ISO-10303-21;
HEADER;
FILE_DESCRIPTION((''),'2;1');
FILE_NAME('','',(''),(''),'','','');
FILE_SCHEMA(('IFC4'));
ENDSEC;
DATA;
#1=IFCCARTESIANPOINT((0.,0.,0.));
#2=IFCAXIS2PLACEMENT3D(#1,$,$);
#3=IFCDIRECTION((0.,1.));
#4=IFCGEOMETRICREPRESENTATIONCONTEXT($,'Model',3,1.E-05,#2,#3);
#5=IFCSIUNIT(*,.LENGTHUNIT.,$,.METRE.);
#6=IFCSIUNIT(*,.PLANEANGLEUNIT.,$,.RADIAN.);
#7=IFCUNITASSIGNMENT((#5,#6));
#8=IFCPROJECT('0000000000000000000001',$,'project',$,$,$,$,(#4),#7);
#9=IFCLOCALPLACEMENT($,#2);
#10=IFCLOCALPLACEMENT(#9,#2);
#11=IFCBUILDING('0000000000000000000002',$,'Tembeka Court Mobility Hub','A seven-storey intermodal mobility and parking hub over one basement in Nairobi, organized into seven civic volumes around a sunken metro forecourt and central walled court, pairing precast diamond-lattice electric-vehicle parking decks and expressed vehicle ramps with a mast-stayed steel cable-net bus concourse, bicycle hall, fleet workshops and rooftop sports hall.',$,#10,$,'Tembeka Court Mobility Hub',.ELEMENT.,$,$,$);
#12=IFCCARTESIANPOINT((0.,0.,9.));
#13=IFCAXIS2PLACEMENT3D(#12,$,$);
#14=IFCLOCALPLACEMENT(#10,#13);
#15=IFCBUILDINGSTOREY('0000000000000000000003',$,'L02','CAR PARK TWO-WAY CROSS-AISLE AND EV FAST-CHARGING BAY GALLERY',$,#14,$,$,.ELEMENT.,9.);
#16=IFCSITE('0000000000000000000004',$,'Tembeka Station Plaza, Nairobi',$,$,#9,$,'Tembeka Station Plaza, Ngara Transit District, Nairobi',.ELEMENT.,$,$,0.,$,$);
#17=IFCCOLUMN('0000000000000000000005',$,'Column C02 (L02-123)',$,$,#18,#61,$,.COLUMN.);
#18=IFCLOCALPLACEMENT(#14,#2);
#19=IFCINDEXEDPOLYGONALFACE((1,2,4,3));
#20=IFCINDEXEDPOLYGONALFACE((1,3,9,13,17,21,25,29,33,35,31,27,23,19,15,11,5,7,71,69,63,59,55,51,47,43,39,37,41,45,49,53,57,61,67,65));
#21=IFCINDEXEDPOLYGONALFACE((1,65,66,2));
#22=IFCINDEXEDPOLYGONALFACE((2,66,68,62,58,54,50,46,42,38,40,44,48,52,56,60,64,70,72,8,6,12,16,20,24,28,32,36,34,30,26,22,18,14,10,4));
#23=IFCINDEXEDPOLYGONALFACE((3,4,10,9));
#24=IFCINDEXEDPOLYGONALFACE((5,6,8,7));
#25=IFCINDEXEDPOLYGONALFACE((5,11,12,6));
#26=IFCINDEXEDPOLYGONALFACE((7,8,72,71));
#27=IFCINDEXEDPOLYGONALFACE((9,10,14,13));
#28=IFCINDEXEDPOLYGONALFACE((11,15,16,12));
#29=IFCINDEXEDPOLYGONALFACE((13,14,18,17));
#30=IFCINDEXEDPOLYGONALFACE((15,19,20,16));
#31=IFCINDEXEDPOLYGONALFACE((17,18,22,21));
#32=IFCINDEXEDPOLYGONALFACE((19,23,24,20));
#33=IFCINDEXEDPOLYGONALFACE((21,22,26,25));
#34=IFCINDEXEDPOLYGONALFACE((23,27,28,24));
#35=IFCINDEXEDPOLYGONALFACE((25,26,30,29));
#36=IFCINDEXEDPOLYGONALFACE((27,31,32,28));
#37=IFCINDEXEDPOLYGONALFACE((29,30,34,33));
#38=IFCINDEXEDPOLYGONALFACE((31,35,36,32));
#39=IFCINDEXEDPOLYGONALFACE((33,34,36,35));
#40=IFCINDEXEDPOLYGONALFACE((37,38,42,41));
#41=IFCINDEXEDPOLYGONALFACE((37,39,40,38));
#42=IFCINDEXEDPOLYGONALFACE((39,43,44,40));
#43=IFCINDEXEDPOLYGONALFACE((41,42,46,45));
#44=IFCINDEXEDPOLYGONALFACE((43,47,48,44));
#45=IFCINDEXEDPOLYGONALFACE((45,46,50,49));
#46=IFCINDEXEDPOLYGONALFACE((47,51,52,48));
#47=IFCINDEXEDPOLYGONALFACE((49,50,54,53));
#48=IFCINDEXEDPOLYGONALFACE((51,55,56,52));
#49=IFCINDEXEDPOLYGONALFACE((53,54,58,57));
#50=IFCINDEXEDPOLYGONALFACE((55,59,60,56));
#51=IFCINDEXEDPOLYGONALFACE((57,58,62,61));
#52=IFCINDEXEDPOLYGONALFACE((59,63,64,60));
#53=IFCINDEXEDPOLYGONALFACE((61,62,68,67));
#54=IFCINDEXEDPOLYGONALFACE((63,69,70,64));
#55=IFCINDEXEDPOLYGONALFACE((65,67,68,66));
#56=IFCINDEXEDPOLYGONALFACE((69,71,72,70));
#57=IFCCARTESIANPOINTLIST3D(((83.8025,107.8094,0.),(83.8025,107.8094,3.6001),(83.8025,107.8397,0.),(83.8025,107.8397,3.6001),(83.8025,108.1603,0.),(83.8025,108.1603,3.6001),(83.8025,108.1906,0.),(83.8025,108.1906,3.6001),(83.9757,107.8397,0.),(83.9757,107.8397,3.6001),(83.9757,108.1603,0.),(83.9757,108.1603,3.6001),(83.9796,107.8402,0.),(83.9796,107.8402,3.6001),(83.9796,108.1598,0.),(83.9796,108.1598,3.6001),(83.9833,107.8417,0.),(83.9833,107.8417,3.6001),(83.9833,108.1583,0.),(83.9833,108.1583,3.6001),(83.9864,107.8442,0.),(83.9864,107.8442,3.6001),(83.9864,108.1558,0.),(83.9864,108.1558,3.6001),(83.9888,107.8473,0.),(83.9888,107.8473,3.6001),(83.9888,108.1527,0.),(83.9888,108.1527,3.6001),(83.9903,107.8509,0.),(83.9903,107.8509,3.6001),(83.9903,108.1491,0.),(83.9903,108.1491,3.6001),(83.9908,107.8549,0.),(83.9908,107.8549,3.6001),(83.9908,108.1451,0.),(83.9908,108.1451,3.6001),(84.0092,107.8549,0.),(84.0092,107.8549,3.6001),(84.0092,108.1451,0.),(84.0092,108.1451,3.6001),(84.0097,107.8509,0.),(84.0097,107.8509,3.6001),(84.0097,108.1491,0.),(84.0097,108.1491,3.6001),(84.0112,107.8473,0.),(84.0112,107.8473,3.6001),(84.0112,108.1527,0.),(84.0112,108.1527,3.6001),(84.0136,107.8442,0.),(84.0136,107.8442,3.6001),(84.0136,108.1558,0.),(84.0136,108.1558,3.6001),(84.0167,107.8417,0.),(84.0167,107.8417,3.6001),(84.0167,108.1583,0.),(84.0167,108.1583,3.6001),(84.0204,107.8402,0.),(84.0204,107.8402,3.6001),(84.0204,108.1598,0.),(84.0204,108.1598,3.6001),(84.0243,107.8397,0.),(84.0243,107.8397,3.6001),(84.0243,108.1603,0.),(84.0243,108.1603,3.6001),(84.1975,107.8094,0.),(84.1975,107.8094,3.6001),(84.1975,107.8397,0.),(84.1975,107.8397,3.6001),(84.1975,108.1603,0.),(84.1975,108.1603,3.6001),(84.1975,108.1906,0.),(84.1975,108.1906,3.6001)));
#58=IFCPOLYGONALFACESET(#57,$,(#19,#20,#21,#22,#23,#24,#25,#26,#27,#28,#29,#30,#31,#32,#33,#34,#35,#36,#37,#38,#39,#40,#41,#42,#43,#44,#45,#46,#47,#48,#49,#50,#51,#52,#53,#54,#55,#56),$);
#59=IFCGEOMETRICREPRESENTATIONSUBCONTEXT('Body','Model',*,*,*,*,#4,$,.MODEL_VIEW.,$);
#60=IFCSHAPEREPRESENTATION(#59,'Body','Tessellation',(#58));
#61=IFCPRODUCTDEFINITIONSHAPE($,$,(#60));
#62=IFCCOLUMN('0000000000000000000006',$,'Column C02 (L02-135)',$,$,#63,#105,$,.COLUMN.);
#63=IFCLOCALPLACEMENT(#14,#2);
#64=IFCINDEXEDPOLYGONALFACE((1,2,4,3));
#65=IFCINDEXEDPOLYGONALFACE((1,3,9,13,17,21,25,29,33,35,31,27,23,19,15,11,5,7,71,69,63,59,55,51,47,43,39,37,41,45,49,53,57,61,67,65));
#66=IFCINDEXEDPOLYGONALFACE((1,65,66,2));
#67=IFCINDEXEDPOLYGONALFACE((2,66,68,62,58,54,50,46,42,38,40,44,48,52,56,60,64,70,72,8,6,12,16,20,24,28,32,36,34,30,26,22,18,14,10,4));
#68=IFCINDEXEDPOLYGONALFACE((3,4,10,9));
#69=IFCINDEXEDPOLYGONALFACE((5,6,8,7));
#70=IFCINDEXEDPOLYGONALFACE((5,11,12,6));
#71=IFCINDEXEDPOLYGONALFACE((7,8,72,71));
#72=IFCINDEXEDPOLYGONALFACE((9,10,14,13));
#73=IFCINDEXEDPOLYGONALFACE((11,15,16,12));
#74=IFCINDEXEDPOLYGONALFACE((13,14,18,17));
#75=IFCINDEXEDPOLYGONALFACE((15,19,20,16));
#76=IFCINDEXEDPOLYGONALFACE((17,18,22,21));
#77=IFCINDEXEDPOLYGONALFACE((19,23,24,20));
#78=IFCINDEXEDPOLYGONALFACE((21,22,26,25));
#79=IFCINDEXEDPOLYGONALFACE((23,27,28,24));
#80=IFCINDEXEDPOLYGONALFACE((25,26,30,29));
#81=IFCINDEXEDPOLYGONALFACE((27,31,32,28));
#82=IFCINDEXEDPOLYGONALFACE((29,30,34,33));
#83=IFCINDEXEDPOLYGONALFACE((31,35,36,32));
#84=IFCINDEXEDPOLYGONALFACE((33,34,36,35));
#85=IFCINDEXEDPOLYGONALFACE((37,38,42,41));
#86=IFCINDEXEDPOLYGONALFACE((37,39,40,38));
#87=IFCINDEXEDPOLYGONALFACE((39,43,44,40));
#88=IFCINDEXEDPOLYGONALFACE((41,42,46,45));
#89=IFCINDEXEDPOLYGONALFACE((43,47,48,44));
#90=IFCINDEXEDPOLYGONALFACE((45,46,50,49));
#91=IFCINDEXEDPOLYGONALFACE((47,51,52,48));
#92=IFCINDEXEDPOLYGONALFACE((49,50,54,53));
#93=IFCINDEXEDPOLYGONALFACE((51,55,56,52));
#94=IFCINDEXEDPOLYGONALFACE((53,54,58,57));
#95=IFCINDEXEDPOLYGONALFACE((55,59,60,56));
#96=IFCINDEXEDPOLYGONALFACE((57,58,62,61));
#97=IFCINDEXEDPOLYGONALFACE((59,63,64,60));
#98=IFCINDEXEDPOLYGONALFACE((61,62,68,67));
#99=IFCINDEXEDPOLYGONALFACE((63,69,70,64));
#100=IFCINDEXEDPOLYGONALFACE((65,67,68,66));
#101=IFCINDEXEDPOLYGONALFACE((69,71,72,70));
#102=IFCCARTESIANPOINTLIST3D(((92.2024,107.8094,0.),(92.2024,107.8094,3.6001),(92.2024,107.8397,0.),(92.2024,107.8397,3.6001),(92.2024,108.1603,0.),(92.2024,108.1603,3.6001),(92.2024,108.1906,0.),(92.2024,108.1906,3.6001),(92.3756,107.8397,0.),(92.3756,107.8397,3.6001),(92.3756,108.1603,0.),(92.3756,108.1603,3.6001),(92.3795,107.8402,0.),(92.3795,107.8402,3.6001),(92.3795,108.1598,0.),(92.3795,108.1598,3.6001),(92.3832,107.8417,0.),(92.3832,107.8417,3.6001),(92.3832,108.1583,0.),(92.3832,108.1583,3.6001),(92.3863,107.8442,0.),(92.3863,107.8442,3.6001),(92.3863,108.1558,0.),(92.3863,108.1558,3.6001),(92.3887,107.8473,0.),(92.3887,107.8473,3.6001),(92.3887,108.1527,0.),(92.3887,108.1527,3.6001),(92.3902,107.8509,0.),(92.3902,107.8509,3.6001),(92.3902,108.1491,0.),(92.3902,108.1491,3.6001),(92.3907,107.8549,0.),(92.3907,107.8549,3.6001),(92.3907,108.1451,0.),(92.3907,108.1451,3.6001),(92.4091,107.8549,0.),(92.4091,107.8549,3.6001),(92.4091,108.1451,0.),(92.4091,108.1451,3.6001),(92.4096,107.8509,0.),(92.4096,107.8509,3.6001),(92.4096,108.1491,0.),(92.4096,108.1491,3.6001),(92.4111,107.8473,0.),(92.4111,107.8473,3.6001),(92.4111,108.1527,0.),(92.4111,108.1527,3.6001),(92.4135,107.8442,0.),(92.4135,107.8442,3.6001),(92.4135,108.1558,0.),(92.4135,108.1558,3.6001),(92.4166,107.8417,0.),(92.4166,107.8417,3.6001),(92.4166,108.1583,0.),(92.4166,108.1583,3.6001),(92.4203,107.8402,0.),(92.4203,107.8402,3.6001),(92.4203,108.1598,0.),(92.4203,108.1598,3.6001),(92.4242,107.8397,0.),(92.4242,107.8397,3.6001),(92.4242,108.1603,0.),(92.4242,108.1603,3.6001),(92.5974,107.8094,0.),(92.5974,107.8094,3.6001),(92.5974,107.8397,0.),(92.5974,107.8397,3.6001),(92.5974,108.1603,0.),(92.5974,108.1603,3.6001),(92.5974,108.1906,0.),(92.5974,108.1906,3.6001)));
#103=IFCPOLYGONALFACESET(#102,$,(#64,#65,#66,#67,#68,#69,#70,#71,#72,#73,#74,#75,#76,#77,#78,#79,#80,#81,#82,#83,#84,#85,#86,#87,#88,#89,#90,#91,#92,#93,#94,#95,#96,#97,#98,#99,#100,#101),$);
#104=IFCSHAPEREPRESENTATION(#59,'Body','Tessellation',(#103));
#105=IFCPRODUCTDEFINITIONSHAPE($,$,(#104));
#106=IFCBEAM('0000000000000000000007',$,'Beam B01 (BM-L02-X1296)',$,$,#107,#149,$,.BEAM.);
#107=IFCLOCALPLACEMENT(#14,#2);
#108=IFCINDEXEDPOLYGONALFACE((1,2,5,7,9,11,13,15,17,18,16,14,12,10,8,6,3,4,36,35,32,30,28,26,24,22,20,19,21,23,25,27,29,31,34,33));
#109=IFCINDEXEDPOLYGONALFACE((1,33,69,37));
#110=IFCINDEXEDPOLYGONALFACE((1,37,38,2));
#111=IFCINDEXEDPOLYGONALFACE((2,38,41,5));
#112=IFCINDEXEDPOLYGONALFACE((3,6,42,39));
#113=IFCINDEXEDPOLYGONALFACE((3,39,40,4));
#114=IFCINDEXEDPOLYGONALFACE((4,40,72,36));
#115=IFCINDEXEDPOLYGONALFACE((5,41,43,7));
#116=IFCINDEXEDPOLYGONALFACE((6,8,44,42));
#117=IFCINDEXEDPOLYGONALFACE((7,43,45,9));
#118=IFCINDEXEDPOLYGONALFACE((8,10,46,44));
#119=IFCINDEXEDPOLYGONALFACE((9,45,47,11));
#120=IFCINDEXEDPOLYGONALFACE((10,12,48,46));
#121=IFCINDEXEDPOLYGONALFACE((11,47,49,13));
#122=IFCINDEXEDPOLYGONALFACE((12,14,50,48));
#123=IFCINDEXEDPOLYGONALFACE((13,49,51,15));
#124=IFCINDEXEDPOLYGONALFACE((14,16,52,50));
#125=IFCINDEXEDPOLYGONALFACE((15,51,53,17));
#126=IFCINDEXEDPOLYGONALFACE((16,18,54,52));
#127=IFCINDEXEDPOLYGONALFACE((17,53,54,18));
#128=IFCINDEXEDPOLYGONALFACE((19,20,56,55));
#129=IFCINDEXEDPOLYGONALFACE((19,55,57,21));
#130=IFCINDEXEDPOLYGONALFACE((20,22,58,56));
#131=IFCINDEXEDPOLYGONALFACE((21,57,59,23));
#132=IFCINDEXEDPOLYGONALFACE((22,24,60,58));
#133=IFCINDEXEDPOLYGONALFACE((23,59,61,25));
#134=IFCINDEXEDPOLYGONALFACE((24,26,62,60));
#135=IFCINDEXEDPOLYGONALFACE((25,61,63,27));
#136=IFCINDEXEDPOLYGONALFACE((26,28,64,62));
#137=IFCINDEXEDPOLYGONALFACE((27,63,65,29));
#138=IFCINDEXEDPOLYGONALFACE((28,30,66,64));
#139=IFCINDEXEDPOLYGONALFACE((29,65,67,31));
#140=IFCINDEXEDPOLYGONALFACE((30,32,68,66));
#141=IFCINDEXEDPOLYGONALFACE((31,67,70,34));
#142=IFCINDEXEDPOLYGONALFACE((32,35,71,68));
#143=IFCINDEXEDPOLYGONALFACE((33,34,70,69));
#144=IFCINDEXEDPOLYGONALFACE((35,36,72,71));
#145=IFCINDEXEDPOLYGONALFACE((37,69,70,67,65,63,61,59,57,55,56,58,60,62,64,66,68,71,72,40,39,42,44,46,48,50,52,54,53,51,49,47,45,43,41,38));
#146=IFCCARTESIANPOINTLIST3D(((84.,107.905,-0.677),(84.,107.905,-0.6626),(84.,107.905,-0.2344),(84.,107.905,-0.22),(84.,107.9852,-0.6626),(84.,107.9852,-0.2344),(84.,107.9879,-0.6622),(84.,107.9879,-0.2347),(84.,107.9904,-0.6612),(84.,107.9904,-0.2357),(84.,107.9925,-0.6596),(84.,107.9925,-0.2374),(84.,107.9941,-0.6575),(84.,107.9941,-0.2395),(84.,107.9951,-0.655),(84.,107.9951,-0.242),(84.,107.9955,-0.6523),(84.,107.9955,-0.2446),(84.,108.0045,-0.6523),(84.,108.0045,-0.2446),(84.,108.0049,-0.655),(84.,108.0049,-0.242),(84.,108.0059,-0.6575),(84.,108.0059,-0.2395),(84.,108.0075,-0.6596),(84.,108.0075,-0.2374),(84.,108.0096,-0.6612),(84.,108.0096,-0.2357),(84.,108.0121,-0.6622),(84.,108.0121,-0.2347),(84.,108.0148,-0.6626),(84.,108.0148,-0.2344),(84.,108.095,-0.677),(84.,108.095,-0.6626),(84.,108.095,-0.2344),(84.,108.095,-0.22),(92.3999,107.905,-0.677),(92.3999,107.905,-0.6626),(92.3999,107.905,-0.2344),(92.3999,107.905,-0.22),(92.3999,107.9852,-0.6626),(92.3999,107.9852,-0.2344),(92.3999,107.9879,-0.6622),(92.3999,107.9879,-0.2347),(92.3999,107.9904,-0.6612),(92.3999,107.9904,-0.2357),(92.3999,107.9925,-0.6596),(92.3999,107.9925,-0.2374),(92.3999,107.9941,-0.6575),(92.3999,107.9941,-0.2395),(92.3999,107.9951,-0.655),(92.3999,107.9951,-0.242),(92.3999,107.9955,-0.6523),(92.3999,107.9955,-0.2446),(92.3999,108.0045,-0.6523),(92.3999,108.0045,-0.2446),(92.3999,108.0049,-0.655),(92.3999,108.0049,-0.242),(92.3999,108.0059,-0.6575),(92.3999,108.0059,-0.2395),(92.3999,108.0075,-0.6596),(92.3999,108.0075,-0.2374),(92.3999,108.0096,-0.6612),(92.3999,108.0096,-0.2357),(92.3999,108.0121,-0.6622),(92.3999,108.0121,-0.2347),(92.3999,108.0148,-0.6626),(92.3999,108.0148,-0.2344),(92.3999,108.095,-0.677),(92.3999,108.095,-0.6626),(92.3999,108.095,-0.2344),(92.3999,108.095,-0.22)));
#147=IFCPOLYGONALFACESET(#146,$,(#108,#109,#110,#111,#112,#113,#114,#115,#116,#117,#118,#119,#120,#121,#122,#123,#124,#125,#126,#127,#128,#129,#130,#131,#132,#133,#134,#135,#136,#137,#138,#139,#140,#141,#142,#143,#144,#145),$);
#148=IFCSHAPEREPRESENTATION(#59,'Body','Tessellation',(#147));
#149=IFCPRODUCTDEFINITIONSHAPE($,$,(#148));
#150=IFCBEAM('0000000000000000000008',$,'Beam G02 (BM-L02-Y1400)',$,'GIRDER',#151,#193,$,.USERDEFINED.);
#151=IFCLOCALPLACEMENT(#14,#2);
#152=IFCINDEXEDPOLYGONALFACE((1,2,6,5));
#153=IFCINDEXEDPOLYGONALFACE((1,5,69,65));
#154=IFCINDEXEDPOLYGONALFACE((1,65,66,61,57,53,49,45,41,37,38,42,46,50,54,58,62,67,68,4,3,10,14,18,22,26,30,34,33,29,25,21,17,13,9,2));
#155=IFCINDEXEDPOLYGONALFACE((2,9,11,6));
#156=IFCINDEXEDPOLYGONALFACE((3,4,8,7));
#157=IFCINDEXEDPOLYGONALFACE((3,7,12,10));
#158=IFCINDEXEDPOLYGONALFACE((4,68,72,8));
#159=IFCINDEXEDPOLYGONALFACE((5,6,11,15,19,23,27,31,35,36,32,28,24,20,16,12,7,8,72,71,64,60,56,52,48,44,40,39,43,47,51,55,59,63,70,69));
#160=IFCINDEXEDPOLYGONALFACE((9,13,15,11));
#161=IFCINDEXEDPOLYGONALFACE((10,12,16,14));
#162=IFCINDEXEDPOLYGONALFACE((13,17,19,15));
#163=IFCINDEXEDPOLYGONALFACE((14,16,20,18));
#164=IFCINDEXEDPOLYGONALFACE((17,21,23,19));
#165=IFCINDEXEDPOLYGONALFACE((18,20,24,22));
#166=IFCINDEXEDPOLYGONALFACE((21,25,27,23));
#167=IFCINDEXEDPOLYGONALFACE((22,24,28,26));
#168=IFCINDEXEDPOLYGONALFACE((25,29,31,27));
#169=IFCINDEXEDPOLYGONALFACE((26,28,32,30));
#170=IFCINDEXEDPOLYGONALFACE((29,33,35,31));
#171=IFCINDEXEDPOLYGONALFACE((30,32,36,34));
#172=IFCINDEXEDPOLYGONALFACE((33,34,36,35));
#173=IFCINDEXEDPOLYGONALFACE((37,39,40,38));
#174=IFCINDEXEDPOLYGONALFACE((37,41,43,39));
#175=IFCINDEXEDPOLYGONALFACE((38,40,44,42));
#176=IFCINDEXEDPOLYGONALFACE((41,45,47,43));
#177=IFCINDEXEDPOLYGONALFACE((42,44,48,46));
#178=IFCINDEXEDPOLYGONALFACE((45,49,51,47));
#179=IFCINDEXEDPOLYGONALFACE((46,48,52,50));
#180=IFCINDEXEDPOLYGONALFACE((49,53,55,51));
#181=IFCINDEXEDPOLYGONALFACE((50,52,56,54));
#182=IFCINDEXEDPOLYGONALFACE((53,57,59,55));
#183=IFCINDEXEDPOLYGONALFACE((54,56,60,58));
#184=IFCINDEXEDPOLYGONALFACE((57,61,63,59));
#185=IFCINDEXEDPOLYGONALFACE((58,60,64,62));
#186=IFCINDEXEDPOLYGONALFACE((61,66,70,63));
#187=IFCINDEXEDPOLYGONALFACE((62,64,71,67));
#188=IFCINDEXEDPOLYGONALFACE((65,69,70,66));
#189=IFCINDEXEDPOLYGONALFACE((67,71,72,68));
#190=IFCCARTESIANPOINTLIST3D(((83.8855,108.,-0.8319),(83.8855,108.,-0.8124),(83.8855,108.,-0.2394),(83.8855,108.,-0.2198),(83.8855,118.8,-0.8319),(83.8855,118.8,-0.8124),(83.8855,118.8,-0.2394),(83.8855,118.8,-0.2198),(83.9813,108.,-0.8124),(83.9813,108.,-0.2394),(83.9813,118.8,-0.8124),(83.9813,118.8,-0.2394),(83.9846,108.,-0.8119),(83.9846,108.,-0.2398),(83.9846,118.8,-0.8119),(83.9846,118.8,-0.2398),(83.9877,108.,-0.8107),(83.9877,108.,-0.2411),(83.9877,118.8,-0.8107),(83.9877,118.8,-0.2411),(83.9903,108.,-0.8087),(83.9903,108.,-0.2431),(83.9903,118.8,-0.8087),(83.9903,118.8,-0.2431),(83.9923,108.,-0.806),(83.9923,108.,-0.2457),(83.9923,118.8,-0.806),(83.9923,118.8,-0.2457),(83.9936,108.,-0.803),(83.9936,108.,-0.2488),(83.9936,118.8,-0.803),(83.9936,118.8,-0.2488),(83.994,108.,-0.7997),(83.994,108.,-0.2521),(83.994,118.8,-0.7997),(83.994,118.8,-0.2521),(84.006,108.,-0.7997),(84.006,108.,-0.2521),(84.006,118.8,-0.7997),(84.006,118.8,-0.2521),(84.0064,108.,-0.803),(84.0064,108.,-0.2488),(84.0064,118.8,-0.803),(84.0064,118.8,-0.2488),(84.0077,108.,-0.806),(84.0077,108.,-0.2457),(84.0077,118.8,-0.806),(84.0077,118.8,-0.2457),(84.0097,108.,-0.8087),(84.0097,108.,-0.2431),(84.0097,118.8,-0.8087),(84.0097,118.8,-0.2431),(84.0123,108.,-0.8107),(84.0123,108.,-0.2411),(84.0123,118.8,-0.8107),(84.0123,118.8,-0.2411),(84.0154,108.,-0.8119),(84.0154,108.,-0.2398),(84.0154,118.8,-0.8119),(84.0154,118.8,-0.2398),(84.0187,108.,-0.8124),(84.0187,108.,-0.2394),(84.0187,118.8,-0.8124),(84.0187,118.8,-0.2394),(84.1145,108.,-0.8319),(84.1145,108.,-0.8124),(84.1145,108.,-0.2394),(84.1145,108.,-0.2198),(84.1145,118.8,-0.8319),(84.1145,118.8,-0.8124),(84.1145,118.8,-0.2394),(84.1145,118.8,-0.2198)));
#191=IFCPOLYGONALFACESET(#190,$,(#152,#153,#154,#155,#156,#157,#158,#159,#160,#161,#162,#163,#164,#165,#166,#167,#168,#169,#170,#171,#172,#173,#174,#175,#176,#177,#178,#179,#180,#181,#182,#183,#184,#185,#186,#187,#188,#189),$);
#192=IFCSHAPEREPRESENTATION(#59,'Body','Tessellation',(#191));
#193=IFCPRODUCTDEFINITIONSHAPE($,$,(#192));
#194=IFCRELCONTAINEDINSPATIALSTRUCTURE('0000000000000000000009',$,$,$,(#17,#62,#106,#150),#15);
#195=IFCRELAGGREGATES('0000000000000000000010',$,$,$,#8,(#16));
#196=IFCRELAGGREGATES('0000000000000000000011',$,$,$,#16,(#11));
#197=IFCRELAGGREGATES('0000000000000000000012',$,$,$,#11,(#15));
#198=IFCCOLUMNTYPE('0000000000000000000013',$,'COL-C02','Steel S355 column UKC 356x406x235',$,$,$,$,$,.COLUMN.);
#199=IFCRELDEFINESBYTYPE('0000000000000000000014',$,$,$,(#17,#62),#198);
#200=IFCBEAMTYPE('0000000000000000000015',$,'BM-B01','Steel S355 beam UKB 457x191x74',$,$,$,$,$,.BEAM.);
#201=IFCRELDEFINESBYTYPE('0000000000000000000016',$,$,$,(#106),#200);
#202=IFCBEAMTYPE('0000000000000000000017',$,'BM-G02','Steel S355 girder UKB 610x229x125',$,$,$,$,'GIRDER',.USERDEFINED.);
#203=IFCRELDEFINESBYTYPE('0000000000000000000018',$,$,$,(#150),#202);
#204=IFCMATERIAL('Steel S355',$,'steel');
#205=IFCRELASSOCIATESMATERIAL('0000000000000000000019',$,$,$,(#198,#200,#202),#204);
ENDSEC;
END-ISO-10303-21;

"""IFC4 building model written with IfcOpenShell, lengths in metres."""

from ifc_helpers import new_model, si_unit, direction, frame, origin, origin_2d, place, context, subcontext, project, spatial, i_section, extrude, material, material_profile, profile_set, type_object, element, save


model = new_model("IFC4")

# Units and contexts
model_context = context("Model", 3, precision=1e-05, world=origin(), true_north=direction((0.0, 1.0)))
body_context = subcontext(model_context, "Body", "Model", "MODEL_VIEW")
ifc_project = project(units=[si_unit("LENGTHUNIT", "METRE"), si_unit("PLANEANGLEUNIT", "RADIAN")], contexts=[model_context])

# Site, building, storey
site_placement = place(None, origin())
site = spatial("IfcSite", under=ifc_project, at=site_placement, Name="Tembeka Station Plaza, Nairobi", LongName="Tembeka Station Plaza, Ngara Transit District, Nairobi", CompositionType="ELEMENT", RefElevation=0.0)
building_placement = place(site_placement, origin())
building = spatial("IfcBuilding", under=site, at=building_placement, Name="Tembeka Court Mobility Hub", Description="A seven-storey intermodal mobility and parking hub over one basement in Nairobi, organized into seven civic volumes around a sunken metro forecourt and central walled court, pairing precast diamond-lattice electric-vehicle parking decks and expressed vehicle ramps with a mast-stayed steel cable-net bus concourse, bicycle hall, fleet workshops and rooftop sports hall.", LongName="Tembeka Court Mobility Hub", CompositionType="ELEMENT")
storey_placement = place(building_placement, frame((0.0, 0.0, 9.0)))
storey = spatial("IfcBuildingStorey", under=building, at=storey_placement, Name="L02", Description="CAR PARK TWO-WAY CROSS-AISLE AND EV FAST-CHARGING BAY GALLERY", CompositionType="ELEMENT", Elevation=9.0)

# Columns
ifc_material_1 = material(Name="Steel S355", Category="steel")
ifc_material_profile_1 = material_profile(ifc_material_1, i_section(OverallWidth=0.395, OverallDepth=0.3811, WebThickness=0.0183, FlangeThickness=0.0303, FilletRadius=0.0151, at=origin_2d()), Name="UKC 356x406x235")
ifc_profile_set_1 = profile_set([ifc_material_profile_1], Name="Steel S355")
column_type = type_object("IfcColumnType", Name="COL-C02", Description="Steel S355 column UKC 356x406x235", PredefinedType="COLUMN", material=ifc_profile_set_1)
for number, where, z_axis, x_axis, name in (
    (1, (84.0, 108.0, 0.0), (0.0, 0.0, 1.0), (1.0, 0.0, 0.0), "Column C02 (L02-123)"),
    (2, (92.3999, 108.0, 0.0), (0.0, 0.0, 1.0), (1.0, 0.0, 0.0), "Column C02 (L02-135)"),
):
    element("IfcColumn", number, at=place(storey_placement, frame(where, z_axis=z_axis, x_axis=x_axis)), inside=storey, type_object=column_type, Name=name, PredefinedType="COLUMN", context=body_context, shape_type="SweptSolid", body=[
        extrude(i_section(OverallWidth=0.395, OverallDepth=0.3811, WebThickness=0.0183, FlangeThickness=0.0303, FilletRadius=0.0151, at=origin_2d()), origin(), (0.0, 0.0, 1.0), 3.6001),
    ])

# Beams
ifc_material_profile_2 = material_profile(ifc_material_1, i_section(OverallWidth=0.1899, OverallDepth=0.457, WebThickness=0.009, FlangeThickness=0.0144, FilletRadius=0.0103, at=origin_2d()), Name="UKB 457x191x74")
ifc_profile_set_2 = profile_set([ifc_material_profile_2], Name="Steel S355")
beam_type_1 = type_object("IfcBeamType", Name="BM-B01", Description="Steel S355 beam UKB 457x191x74", PredefinedType="BEAM", material=ifc_profile_set_2)
beam_placement = place(storey_placement, frame((84.0, 108.0, -0.4485), z_axis=(1.0, 0.0, 0.0), x_axis=(0.0, 1.0, 0.0)))
element("IfcBeam", 3, at=beam_placement, inside=storey, type_object=beam_type_1, Name="Beam B01 (BM-L02-X1296)", PredefinedType="BEAM", context=body_context, shape_type="SweptSolid", body=[
    extrude(i_section(OverallWidth=0.1899, OverallDepth=0.457, WebThickness=0.009, FlangeThickness=0.0144, FilletRadius=0.0103, at=origin_2d()), origin(), (0.0, 0.0, 1.0), 8.3999),
])
ifc_material_profile_3 = material_profile(ifc_material_1, i_section(OverallWidth=0.229, OverallDepth=0.6121, WebThickness=0.012, FlangeThickness=0.0195, FilletRadius=0.0127, at=origin_2d()), Name="UKB 610x229x125")
ifc_profile_set_3 = profile_set([ifc_material_profile_3], Name="Steel S355")
beam_type_2 = type_object("IfcBeamType", Name="BM-G02", Description="Steel S355 girder UKB 610x229x125", ElementType="GIRDER", PredefinedType="USERDEFINED", material=ifc_profile_set_3)
for number, where, z_axis, x_axis, name in (
    (4, (84.0, 108.0, -0.5259), (0.0, 1.0, 0.0), (-1.0, 0.0, 0.0), "Beam G02 (BM-L02-Y1400)"),
):
    element("IfcBeam", number, at=place(storey_placement, frame(where, z_axis=z_axis, x_axis=x_axis)), inside=storey, type_object=beam_type_2, Name=name, ObjectType="GIRDER", PredefinedType="USERDEFINED", context=body_context, shape_type="SweptSolid", body=[
        extrude(i_section(OverallWidth=0.229, OverallDepth=0.6121, WebThickness=0.012, FlangeThickness=0.0195, FilletRadius=0.0127, at=origin_2d()), origin(), (0.0, 0.0, 1.0), 10.8),
    ])

save(model, "model.ifc")
